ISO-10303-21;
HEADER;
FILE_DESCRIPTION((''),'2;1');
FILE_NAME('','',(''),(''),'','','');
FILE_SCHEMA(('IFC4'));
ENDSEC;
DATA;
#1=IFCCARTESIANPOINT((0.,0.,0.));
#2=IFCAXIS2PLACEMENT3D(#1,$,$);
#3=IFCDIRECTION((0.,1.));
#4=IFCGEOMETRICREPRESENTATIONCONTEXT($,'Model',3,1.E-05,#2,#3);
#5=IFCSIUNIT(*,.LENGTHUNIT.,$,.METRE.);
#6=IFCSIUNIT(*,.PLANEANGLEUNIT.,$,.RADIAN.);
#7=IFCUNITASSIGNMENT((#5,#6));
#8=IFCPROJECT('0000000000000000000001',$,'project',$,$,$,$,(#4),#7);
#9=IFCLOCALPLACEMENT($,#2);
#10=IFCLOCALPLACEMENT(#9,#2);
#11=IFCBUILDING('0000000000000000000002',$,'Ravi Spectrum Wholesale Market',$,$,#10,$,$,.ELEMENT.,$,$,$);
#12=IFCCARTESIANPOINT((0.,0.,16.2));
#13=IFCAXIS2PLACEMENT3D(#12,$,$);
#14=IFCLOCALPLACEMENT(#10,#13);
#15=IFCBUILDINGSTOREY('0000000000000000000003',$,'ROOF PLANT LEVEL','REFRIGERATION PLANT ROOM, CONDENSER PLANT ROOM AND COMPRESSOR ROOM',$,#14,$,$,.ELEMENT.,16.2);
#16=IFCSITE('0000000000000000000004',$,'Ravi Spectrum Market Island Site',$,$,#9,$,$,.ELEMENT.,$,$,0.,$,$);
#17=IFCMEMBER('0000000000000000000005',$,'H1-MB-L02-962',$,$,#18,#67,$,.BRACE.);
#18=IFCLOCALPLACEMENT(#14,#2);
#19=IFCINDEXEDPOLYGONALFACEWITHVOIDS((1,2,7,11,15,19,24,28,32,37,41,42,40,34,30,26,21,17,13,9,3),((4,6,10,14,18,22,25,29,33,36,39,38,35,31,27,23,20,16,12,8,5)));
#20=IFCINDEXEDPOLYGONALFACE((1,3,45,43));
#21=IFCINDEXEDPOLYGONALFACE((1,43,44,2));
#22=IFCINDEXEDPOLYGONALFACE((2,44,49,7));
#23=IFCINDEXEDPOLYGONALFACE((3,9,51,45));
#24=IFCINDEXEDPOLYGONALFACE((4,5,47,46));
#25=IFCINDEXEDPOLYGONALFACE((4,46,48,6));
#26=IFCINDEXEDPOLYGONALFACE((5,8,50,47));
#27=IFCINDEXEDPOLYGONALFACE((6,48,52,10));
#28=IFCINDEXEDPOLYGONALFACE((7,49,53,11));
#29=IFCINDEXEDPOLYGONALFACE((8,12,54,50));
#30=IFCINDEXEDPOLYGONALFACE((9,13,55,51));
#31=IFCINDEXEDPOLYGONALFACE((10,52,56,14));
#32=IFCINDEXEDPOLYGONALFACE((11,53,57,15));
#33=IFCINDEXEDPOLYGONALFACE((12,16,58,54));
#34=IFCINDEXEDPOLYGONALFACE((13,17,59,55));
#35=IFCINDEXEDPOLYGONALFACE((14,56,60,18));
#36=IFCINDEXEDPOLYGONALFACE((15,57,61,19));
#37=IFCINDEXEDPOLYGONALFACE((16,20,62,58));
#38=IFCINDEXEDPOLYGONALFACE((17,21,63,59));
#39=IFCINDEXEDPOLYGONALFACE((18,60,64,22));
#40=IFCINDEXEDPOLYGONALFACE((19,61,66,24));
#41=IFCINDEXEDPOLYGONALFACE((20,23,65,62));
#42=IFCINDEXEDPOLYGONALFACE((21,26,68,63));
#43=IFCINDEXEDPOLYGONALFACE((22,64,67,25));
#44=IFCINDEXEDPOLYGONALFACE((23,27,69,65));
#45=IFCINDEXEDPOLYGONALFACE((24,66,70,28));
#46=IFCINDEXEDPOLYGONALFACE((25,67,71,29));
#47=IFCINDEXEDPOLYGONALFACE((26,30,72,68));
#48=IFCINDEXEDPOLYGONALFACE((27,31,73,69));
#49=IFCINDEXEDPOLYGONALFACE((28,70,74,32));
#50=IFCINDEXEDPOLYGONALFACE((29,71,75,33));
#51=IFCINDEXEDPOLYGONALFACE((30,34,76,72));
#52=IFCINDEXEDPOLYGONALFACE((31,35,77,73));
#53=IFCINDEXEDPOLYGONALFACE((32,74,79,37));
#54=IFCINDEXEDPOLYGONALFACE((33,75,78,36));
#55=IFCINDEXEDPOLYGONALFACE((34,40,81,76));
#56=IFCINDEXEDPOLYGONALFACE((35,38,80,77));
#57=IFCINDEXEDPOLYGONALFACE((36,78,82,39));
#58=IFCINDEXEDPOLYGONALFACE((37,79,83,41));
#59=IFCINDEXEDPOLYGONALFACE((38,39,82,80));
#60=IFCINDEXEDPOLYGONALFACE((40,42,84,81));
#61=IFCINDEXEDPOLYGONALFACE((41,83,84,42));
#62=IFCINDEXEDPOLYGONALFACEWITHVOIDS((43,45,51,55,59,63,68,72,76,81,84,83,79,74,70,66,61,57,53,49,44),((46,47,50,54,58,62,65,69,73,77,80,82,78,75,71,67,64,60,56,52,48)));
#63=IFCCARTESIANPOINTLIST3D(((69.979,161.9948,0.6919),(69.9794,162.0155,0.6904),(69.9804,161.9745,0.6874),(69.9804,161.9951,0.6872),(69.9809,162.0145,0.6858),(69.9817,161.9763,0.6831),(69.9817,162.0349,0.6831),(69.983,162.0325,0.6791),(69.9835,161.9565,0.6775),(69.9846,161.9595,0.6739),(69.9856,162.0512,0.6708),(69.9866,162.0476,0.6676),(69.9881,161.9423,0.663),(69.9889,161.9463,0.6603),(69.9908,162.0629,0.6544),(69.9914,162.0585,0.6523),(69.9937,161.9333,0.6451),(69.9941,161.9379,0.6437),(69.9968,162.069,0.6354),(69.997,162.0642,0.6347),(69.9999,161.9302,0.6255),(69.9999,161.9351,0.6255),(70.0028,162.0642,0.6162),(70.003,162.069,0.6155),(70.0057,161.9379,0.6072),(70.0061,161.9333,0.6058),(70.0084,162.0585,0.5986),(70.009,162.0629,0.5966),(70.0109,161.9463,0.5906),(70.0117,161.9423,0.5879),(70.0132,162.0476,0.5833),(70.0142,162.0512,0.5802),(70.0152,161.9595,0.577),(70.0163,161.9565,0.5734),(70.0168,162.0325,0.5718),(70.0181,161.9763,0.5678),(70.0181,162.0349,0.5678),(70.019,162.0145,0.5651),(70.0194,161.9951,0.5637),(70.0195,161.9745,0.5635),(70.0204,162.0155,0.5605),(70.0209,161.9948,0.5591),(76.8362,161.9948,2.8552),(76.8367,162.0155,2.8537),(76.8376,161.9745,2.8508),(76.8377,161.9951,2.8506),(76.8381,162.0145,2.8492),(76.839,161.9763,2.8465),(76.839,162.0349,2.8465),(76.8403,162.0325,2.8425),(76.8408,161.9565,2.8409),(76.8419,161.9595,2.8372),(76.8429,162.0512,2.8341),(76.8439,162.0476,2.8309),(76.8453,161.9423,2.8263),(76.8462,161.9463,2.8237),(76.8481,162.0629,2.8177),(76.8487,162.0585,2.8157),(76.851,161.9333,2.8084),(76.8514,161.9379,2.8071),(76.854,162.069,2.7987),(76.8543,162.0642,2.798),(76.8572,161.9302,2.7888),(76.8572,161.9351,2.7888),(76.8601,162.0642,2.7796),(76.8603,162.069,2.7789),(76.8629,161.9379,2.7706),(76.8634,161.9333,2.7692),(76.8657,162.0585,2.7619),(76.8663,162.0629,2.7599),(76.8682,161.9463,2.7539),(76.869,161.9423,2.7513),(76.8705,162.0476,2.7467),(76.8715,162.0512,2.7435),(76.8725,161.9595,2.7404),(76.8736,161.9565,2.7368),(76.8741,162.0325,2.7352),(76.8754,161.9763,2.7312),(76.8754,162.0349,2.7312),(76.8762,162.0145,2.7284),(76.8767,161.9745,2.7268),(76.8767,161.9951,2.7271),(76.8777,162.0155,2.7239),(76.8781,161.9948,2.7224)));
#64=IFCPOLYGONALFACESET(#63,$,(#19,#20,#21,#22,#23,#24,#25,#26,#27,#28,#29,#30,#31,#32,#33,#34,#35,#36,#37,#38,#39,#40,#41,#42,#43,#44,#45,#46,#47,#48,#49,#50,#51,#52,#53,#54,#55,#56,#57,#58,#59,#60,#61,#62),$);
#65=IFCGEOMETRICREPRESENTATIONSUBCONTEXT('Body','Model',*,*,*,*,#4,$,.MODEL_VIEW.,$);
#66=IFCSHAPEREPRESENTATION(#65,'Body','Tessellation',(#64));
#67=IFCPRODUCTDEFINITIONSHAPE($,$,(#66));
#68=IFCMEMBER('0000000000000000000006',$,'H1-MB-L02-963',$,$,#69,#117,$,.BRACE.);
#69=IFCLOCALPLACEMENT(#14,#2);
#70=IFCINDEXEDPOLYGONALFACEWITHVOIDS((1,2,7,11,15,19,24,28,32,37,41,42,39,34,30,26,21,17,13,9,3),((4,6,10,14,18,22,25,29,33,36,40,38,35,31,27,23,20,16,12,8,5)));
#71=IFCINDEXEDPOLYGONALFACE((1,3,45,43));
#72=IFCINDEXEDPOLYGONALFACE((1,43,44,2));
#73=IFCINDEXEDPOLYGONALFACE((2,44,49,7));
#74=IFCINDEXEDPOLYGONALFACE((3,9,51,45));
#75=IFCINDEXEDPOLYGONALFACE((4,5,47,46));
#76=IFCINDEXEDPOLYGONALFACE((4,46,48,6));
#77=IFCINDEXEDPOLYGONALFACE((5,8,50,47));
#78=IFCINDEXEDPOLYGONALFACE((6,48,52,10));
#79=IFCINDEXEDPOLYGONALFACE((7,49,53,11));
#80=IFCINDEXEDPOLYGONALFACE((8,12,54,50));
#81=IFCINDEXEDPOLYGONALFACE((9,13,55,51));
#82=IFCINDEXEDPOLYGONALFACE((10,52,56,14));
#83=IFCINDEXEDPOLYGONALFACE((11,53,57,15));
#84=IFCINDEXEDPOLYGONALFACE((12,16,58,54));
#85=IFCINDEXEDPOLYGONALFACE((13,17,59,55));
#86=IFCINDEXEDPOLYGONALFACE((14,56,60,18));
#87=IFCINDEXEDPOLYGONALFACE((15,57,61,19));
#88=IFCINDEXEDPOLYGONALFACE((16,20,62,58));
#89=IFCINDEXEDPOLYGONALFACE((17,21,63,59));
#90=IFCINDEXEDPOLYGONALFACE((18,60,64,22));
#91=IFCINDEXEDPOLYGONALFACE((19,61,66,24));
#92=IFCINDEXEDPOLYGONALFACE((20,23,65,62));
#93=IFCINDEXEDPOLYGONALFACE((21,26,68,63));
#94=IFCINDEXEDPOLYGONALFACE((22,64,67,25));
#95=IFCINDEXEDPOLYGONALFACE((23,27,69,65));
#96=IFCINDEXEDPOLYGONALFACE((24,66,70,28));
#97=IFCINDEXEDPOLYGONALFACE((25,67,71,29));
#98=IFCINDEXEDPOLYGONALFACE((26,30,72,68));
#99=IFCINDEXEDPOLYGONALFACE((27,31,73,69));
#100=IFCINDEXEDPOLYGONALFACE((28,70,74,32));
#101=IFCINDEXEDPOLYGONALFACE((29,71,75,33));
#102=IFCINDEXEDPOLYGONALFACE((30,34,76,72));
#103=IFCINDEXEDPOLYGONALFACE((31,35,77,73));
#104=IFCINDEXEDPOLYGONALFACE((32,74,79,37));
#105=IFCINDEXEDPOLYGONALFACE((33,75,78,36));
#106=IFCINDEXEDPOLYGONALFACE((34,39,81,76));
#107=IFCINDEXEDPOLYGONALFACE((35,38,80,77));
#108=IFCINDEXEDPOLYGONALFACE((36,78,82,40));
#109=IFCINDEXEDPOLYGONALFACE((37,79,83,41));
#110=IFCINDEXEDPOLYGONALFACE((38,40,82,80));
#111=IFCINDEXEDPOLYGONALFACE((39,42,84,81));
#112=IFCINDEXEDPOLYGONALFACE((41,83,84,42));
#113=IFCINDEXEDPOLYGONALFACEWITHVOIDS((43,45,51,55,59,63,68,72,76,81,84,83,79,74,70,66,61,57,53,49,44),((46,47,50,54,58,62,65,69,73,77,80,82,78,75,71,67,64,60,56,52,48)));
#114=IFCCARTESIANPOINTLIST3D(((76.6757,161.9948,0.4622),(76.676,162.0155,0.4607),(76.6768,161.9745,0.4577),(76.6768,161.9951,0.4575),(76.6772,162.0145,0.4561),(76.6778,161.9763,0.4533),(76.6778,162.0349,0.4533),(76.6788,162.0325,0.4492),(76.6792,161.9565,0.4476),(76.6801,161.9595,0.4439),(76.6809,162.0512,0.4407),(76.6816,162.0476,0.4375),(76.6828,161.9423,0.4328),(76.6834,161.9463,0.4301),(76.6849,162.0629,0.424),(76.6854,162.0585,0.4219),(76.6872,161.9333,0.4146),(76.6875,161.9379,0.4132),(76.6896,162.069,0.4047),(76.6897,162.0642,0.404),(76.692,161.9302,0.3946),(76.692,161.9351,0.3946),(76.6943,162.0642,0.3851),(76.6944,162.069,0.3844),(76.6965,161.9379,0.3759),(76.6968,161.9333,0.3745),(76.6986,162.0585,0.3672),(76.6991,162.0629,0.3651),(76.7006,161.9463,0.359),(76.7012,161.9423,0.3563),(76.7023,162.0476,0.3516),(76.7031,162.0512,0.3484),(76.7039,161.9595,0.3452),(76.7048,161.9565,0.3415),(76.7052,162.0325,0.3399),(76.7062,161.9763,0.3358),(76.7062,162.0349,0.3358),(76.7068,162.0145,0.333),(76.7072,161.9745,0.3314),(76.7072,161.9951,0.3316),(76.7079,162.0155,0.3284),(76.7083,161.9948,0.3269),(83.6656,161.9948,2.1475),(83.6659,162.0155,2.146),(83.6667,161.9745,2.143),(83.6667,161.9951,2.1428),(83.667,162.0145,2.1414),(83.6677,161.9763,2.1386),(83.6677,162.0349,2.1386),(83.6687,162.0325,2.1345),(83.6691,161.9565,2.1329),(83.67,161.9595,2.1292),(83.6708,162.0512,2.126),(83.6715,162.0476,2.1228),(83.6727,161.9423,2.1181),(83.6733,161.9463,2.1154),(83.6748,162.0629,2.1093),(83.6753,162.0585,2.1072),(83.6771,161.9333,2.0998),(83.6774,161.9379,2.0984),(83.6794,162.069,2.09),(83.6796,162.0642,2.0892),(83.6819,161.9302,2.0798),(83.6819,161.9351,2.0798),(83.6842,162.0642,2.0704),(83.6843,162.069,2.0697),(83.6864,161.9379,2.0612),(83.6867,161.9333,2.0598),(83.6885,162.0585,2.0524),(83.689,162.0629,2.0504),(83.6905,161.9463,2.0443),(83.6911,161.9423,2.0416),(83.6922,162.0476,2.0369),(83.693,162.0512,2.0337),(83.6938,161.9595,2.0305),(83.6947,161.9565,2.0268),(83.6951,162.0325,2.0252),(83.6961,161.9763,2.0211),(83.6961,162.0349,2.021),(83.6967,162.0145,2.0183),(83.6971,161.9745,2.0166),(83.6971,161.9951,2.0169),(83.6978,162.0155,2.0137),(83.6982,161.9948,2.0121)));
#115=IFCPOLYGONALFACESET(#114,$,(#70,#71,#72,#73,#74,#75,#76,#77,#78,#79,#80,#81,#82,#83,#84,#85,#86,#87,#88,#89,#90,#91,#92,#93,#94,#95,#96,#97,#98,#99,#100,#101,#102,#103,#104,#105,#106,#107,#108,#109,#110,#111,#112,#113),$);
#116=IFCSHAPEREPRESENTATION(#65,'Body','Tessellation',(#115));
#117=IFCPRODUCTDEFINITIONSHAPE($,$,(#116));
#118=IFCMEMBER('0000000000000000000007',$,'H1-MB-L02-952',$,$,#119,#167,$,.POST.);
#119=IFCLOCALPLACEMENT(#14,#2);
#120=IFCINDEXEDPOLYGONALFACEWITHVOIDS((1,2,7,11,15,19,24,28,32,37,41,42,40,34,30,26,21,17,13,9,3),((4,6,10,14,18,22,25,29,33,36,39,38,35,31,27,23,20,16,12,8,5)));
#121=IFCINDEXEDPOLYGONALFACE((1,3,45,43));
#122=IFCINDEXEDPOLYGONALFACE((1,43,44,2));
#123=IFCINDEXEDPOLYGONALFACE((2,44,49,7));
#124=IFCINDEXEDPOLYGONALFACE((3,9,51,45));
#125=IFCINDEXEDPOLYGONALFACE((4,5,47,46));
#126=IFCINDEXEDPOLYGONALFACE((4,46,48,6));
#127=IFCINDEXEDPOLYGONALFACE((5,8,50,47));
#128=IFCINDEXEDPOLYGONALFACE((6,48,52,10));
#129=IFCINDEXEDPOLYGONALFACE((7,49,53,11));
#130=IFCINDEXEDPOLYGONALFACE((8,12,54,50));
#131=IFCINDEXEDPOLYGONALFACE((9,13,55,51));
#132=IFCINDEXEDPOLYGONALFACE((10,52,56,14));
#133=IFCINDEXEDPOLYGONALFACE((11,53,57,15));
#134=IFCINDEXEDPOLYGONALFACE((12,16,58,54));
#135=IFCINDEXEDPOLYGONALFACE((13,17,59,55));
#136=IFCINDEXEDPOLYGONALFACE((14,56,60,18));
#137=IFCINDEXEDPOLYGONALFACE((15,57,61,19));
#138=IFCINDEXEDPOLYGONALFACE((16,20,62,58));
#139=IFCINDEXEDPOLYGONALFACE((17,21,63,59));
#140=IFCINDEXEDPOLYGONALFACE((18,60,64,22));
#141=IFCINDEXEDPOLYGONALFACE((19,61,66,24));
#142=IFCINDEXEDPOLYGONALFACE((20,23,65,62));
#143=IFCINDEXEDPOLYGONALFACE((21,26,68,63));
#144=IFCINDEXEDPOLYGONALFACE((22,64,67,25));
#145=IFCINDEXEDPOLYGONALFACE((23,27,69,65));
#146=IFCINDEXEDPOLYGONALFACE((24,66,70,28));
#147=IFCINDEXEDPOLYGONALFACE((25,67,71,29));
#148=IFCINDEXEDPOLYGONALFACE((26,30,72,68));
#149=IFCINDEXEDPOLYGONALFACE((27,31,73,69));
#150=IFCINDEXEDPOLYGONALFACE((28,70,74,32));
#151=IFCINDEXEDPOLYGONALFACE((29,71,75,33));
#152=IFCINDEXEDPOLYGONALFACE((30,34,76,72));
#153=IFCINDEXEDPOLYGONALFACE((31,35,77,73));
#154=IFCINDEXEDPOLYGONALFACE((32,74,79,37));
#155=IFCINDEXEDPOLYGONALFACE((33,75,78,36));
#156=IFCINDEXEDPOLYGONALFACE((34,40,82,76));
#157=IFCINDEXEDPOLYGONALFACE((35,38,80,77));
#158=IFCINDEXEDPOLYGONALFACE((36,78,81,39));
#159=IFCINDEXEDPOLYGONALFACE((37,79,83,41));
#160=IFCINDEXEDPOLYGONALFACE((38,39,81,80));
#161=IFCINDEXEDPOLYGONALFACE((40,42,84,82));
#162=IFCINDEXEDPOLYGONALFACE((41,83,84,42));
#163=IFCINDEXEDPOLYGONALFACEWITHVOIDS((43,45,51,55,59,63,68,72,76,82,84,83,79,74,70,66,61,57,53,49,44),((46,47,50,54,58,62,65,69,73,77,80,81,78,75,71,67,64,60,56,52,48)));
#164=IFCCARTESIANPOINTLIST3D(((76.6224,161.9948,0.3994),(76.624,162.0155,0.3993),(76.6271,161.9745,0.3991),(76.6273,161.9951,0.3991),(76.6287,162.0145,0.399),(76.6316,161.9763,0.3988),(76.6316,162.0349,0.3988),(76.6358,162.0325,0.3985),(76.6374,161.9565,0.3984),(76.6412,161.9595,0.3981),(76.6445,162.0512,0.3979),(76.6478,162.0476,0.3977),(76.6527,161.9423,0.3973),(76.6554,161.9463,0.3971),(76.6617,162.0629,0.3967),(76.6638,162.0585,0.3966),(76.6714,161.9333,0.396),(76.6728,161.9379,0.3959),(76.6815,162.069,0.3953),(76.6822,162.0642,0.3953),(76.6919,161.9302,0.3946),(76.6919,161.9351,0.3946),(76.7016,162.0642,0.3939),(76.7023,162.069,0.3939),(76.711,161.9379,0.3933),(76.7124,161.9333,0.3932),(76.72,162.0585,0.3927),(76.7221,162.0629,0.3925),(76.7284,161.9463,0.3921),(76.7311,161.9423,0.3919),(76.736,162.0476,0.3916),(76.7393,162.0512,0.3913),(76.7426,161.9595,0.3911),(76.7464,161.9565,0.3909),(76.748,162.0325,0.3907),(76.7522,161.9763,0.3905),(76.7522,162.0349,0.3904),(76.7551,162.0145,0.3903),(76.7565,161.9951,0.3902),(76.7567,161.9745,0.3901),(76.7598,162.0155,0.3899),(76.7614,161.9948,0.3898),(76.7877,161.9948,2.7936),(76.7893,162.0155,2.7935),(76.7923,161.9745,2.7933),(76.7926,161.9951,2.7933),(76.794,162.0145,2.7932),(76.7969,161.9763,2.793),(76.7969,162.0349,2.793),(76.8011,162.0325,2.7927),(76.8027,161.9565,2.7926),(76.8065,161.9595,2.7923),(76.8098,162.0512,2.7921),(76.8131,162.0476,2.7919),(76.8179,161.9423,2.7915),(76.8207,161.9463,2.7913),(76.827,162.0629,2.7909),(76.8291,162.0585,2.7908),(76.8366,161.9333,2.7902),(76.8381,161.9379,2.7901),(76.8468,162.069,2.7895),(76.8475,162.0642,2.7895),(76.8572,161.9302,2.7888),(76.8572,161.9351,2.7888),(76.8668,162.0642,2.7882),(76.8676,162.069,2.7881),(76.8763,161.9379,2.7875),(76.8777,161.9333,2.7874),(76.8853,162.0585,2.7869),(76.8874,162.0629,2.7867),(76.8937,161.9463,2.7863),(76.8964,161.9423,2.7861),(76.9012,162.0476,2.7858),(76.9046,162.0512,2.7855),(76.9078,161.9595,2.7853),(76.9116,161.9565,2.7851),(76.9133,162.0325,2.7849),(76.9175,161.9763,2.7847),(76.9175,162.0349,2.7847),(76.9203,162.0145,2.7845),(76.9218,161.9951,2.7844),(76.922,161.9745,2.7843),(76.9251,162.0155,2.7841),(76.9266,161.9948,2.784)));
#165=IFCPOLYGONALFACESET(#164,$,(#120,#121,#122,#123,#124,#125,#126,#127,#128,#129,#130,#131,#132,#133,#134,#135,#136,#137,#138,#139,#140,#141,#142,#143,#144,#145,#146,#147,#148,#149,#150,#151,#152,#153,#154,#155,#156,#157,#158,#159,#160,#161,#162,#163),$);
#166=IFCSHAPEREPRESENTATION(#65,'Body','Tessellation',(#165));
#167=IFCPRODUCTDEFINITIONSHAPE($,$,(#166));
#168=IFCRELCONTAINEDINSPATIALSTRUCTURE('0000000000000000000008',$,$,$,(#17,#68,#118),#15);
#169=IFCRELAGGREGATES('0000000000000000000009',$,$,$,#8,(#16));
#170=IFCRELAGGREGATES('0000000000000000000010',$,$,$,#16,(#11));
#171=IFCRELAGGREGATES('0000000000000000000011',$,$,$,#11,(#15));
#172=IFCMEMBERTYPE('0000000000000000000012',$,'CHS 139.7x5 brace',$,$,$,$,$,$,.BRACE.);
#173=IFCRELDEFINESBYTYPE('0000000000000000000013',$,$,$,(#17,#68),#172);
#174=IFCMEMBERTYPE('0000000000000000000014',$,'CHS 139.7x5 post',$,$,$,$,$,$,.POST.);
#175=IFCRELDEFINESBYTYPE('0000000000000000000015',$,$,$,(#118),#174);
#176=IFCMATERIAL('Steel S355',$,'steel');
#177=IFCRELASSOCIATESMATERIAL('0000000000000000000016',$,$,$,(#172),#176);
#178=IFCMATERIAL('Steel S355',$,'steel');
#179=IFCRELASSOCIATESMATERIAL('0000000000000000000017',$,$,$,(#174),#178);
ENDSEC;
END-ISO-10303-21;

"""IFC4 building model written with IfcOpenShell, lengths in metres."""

from ifc_helpers import new_model, si_unit, direction, frame, origin, origin_2d, place, context, subcontext, project, spatial, hollow_circle, extrude, material, material_profile, profile_set, type_object, element, save


model = new_model("IFC4")

# Units and contexts
model_context = context("Model", 3, precision=1e-05, world=origin(), true_north=direction((0.0, 1.0)))
body_context = subcontext(model_context, "Body", "Model", "MODEL_VIEW")
ifc_project = project(units=[si_unit("LENGTHUNIT", "METRE"), si_unit("PLANEANGLEUNIT", "RADIAN")], contexts=[model_context])

# Site, building, storey
site_placement = place(None, origin())
site = spatial("IfcSite", under=ifc_project, at=site_placement, Name="Ravi Spectrum Market Island Site", CompositionType="ELEMENT", RefElevation=0.0)
building_placement = place(site_placement, origin())
building = spatial("IfcBuilding", under=site, at=building_placement, Name="Ravi Spectrum Wholesale Market", CompositionType="ELEMENT")
storey_placement = place(building_placement, frame((0.0, 0.0, 16.2)))
storey = spatial("IfcBuildingStorey", under=building, at=storey_placement, Name="ROOF PLANT LEVEL", Description="REFRIGERATION PLANT ROOM, CONDENSER PLANT ROOM AND COMPRESSOR ROOM", CompositionType="ELEMENT", Elevation=16.2)

# Members
ifc_material_1 = material(Name="Steel S355", Category="steel")
ifc_material_profile_1 = material_profile(ifc_material_1, hollow_circle(Radius=0.0698, WallThickness=0.0049, at=origin_2d()))
ifc_profile_set_1 = profile_set([ifc_material_profile_1], Name="Steel S355")
member_type_1 = type_object("IfcMemberType", Name="CHS 139.7x5 brace", PredefinedType="BRACE", material=ifc_profile_set_1)
member_1_placement = place(storey_placement, frame((76.8572, 162.0, 2.7888), z_axis=(-0.953666, 0.0, -0.300866), x_axis=(0.0, -1.0, 0.0)))
element("IfcMember", 1, at=member_1_placement, inside=storey, type_object=member_type_1, Name="H1-MB-L02-962", PredefinedType="BRACE", context=body_context, shape_type="SweptSolid", body=[
    extrude(hollow_circle(Radius=0.0698, WallThickness=0.0049, at=origin_2d()), origin(), (0.0, 0.0, 1.0), 7.1904),
])
member_2_placement = place(storey_placement, frame((83.6819, 162.0, 2.0798), z_axis=(-0.972144, 0.0, -0.234386), x_axis=(0.0, -1.0, 0.0)))
element("IfcMember", 2, at=member_2_placement, inside=storey, type_object=member_type_1, Name="H1-MB-L02-963", PredefinedType="BRACE", context=body_context, shape_type="SweptSolid", body=[
    extrude(hollow_circle(Radius=0.0698, WallThickness=0.0049, at=origin_2d()), origin(), (0.0, 0.0, 1.0), 7.1902),
])
ifc_material_2 = material(Name="Steel S355", Category="steel")
ifc_material_profile_2 = material_profile(ifc_material_2, hollow_circle(Radius=0.0698, WallThickness=0.0049, at=origin_2d()))
ifc_profile_set_2 = profile_set([ifc_material_profile_2], Name="Steel S355")
member_type_2 = type_object("IfcMemberType", Name="CHS 139.7x5 post", PredefinedType="POST", material=ifc_profile_set_2)
member_3_placement = place(storey_placement, frame((76.8572, 162.0, 2.7888), z_axis=(-0.068868, 0.0, -0.997626), x_axis=(0.0, -1.0, 0.0)))
element("IfcMember", 3, at=member_3_placement, inside=storey, type_object=member_type_2, Name="H1-MB-L02-952", PredefinedType="POST", context=body_context, shape_type="SweptSolid", body=[
    extrude(hollow_circle(Radius=0.0698, WallThickness=0.0049, at=origin_2d()), origin(), (0.0, 0.0, 1.0), 2.3999),
])

save(model, "model.ifc")
